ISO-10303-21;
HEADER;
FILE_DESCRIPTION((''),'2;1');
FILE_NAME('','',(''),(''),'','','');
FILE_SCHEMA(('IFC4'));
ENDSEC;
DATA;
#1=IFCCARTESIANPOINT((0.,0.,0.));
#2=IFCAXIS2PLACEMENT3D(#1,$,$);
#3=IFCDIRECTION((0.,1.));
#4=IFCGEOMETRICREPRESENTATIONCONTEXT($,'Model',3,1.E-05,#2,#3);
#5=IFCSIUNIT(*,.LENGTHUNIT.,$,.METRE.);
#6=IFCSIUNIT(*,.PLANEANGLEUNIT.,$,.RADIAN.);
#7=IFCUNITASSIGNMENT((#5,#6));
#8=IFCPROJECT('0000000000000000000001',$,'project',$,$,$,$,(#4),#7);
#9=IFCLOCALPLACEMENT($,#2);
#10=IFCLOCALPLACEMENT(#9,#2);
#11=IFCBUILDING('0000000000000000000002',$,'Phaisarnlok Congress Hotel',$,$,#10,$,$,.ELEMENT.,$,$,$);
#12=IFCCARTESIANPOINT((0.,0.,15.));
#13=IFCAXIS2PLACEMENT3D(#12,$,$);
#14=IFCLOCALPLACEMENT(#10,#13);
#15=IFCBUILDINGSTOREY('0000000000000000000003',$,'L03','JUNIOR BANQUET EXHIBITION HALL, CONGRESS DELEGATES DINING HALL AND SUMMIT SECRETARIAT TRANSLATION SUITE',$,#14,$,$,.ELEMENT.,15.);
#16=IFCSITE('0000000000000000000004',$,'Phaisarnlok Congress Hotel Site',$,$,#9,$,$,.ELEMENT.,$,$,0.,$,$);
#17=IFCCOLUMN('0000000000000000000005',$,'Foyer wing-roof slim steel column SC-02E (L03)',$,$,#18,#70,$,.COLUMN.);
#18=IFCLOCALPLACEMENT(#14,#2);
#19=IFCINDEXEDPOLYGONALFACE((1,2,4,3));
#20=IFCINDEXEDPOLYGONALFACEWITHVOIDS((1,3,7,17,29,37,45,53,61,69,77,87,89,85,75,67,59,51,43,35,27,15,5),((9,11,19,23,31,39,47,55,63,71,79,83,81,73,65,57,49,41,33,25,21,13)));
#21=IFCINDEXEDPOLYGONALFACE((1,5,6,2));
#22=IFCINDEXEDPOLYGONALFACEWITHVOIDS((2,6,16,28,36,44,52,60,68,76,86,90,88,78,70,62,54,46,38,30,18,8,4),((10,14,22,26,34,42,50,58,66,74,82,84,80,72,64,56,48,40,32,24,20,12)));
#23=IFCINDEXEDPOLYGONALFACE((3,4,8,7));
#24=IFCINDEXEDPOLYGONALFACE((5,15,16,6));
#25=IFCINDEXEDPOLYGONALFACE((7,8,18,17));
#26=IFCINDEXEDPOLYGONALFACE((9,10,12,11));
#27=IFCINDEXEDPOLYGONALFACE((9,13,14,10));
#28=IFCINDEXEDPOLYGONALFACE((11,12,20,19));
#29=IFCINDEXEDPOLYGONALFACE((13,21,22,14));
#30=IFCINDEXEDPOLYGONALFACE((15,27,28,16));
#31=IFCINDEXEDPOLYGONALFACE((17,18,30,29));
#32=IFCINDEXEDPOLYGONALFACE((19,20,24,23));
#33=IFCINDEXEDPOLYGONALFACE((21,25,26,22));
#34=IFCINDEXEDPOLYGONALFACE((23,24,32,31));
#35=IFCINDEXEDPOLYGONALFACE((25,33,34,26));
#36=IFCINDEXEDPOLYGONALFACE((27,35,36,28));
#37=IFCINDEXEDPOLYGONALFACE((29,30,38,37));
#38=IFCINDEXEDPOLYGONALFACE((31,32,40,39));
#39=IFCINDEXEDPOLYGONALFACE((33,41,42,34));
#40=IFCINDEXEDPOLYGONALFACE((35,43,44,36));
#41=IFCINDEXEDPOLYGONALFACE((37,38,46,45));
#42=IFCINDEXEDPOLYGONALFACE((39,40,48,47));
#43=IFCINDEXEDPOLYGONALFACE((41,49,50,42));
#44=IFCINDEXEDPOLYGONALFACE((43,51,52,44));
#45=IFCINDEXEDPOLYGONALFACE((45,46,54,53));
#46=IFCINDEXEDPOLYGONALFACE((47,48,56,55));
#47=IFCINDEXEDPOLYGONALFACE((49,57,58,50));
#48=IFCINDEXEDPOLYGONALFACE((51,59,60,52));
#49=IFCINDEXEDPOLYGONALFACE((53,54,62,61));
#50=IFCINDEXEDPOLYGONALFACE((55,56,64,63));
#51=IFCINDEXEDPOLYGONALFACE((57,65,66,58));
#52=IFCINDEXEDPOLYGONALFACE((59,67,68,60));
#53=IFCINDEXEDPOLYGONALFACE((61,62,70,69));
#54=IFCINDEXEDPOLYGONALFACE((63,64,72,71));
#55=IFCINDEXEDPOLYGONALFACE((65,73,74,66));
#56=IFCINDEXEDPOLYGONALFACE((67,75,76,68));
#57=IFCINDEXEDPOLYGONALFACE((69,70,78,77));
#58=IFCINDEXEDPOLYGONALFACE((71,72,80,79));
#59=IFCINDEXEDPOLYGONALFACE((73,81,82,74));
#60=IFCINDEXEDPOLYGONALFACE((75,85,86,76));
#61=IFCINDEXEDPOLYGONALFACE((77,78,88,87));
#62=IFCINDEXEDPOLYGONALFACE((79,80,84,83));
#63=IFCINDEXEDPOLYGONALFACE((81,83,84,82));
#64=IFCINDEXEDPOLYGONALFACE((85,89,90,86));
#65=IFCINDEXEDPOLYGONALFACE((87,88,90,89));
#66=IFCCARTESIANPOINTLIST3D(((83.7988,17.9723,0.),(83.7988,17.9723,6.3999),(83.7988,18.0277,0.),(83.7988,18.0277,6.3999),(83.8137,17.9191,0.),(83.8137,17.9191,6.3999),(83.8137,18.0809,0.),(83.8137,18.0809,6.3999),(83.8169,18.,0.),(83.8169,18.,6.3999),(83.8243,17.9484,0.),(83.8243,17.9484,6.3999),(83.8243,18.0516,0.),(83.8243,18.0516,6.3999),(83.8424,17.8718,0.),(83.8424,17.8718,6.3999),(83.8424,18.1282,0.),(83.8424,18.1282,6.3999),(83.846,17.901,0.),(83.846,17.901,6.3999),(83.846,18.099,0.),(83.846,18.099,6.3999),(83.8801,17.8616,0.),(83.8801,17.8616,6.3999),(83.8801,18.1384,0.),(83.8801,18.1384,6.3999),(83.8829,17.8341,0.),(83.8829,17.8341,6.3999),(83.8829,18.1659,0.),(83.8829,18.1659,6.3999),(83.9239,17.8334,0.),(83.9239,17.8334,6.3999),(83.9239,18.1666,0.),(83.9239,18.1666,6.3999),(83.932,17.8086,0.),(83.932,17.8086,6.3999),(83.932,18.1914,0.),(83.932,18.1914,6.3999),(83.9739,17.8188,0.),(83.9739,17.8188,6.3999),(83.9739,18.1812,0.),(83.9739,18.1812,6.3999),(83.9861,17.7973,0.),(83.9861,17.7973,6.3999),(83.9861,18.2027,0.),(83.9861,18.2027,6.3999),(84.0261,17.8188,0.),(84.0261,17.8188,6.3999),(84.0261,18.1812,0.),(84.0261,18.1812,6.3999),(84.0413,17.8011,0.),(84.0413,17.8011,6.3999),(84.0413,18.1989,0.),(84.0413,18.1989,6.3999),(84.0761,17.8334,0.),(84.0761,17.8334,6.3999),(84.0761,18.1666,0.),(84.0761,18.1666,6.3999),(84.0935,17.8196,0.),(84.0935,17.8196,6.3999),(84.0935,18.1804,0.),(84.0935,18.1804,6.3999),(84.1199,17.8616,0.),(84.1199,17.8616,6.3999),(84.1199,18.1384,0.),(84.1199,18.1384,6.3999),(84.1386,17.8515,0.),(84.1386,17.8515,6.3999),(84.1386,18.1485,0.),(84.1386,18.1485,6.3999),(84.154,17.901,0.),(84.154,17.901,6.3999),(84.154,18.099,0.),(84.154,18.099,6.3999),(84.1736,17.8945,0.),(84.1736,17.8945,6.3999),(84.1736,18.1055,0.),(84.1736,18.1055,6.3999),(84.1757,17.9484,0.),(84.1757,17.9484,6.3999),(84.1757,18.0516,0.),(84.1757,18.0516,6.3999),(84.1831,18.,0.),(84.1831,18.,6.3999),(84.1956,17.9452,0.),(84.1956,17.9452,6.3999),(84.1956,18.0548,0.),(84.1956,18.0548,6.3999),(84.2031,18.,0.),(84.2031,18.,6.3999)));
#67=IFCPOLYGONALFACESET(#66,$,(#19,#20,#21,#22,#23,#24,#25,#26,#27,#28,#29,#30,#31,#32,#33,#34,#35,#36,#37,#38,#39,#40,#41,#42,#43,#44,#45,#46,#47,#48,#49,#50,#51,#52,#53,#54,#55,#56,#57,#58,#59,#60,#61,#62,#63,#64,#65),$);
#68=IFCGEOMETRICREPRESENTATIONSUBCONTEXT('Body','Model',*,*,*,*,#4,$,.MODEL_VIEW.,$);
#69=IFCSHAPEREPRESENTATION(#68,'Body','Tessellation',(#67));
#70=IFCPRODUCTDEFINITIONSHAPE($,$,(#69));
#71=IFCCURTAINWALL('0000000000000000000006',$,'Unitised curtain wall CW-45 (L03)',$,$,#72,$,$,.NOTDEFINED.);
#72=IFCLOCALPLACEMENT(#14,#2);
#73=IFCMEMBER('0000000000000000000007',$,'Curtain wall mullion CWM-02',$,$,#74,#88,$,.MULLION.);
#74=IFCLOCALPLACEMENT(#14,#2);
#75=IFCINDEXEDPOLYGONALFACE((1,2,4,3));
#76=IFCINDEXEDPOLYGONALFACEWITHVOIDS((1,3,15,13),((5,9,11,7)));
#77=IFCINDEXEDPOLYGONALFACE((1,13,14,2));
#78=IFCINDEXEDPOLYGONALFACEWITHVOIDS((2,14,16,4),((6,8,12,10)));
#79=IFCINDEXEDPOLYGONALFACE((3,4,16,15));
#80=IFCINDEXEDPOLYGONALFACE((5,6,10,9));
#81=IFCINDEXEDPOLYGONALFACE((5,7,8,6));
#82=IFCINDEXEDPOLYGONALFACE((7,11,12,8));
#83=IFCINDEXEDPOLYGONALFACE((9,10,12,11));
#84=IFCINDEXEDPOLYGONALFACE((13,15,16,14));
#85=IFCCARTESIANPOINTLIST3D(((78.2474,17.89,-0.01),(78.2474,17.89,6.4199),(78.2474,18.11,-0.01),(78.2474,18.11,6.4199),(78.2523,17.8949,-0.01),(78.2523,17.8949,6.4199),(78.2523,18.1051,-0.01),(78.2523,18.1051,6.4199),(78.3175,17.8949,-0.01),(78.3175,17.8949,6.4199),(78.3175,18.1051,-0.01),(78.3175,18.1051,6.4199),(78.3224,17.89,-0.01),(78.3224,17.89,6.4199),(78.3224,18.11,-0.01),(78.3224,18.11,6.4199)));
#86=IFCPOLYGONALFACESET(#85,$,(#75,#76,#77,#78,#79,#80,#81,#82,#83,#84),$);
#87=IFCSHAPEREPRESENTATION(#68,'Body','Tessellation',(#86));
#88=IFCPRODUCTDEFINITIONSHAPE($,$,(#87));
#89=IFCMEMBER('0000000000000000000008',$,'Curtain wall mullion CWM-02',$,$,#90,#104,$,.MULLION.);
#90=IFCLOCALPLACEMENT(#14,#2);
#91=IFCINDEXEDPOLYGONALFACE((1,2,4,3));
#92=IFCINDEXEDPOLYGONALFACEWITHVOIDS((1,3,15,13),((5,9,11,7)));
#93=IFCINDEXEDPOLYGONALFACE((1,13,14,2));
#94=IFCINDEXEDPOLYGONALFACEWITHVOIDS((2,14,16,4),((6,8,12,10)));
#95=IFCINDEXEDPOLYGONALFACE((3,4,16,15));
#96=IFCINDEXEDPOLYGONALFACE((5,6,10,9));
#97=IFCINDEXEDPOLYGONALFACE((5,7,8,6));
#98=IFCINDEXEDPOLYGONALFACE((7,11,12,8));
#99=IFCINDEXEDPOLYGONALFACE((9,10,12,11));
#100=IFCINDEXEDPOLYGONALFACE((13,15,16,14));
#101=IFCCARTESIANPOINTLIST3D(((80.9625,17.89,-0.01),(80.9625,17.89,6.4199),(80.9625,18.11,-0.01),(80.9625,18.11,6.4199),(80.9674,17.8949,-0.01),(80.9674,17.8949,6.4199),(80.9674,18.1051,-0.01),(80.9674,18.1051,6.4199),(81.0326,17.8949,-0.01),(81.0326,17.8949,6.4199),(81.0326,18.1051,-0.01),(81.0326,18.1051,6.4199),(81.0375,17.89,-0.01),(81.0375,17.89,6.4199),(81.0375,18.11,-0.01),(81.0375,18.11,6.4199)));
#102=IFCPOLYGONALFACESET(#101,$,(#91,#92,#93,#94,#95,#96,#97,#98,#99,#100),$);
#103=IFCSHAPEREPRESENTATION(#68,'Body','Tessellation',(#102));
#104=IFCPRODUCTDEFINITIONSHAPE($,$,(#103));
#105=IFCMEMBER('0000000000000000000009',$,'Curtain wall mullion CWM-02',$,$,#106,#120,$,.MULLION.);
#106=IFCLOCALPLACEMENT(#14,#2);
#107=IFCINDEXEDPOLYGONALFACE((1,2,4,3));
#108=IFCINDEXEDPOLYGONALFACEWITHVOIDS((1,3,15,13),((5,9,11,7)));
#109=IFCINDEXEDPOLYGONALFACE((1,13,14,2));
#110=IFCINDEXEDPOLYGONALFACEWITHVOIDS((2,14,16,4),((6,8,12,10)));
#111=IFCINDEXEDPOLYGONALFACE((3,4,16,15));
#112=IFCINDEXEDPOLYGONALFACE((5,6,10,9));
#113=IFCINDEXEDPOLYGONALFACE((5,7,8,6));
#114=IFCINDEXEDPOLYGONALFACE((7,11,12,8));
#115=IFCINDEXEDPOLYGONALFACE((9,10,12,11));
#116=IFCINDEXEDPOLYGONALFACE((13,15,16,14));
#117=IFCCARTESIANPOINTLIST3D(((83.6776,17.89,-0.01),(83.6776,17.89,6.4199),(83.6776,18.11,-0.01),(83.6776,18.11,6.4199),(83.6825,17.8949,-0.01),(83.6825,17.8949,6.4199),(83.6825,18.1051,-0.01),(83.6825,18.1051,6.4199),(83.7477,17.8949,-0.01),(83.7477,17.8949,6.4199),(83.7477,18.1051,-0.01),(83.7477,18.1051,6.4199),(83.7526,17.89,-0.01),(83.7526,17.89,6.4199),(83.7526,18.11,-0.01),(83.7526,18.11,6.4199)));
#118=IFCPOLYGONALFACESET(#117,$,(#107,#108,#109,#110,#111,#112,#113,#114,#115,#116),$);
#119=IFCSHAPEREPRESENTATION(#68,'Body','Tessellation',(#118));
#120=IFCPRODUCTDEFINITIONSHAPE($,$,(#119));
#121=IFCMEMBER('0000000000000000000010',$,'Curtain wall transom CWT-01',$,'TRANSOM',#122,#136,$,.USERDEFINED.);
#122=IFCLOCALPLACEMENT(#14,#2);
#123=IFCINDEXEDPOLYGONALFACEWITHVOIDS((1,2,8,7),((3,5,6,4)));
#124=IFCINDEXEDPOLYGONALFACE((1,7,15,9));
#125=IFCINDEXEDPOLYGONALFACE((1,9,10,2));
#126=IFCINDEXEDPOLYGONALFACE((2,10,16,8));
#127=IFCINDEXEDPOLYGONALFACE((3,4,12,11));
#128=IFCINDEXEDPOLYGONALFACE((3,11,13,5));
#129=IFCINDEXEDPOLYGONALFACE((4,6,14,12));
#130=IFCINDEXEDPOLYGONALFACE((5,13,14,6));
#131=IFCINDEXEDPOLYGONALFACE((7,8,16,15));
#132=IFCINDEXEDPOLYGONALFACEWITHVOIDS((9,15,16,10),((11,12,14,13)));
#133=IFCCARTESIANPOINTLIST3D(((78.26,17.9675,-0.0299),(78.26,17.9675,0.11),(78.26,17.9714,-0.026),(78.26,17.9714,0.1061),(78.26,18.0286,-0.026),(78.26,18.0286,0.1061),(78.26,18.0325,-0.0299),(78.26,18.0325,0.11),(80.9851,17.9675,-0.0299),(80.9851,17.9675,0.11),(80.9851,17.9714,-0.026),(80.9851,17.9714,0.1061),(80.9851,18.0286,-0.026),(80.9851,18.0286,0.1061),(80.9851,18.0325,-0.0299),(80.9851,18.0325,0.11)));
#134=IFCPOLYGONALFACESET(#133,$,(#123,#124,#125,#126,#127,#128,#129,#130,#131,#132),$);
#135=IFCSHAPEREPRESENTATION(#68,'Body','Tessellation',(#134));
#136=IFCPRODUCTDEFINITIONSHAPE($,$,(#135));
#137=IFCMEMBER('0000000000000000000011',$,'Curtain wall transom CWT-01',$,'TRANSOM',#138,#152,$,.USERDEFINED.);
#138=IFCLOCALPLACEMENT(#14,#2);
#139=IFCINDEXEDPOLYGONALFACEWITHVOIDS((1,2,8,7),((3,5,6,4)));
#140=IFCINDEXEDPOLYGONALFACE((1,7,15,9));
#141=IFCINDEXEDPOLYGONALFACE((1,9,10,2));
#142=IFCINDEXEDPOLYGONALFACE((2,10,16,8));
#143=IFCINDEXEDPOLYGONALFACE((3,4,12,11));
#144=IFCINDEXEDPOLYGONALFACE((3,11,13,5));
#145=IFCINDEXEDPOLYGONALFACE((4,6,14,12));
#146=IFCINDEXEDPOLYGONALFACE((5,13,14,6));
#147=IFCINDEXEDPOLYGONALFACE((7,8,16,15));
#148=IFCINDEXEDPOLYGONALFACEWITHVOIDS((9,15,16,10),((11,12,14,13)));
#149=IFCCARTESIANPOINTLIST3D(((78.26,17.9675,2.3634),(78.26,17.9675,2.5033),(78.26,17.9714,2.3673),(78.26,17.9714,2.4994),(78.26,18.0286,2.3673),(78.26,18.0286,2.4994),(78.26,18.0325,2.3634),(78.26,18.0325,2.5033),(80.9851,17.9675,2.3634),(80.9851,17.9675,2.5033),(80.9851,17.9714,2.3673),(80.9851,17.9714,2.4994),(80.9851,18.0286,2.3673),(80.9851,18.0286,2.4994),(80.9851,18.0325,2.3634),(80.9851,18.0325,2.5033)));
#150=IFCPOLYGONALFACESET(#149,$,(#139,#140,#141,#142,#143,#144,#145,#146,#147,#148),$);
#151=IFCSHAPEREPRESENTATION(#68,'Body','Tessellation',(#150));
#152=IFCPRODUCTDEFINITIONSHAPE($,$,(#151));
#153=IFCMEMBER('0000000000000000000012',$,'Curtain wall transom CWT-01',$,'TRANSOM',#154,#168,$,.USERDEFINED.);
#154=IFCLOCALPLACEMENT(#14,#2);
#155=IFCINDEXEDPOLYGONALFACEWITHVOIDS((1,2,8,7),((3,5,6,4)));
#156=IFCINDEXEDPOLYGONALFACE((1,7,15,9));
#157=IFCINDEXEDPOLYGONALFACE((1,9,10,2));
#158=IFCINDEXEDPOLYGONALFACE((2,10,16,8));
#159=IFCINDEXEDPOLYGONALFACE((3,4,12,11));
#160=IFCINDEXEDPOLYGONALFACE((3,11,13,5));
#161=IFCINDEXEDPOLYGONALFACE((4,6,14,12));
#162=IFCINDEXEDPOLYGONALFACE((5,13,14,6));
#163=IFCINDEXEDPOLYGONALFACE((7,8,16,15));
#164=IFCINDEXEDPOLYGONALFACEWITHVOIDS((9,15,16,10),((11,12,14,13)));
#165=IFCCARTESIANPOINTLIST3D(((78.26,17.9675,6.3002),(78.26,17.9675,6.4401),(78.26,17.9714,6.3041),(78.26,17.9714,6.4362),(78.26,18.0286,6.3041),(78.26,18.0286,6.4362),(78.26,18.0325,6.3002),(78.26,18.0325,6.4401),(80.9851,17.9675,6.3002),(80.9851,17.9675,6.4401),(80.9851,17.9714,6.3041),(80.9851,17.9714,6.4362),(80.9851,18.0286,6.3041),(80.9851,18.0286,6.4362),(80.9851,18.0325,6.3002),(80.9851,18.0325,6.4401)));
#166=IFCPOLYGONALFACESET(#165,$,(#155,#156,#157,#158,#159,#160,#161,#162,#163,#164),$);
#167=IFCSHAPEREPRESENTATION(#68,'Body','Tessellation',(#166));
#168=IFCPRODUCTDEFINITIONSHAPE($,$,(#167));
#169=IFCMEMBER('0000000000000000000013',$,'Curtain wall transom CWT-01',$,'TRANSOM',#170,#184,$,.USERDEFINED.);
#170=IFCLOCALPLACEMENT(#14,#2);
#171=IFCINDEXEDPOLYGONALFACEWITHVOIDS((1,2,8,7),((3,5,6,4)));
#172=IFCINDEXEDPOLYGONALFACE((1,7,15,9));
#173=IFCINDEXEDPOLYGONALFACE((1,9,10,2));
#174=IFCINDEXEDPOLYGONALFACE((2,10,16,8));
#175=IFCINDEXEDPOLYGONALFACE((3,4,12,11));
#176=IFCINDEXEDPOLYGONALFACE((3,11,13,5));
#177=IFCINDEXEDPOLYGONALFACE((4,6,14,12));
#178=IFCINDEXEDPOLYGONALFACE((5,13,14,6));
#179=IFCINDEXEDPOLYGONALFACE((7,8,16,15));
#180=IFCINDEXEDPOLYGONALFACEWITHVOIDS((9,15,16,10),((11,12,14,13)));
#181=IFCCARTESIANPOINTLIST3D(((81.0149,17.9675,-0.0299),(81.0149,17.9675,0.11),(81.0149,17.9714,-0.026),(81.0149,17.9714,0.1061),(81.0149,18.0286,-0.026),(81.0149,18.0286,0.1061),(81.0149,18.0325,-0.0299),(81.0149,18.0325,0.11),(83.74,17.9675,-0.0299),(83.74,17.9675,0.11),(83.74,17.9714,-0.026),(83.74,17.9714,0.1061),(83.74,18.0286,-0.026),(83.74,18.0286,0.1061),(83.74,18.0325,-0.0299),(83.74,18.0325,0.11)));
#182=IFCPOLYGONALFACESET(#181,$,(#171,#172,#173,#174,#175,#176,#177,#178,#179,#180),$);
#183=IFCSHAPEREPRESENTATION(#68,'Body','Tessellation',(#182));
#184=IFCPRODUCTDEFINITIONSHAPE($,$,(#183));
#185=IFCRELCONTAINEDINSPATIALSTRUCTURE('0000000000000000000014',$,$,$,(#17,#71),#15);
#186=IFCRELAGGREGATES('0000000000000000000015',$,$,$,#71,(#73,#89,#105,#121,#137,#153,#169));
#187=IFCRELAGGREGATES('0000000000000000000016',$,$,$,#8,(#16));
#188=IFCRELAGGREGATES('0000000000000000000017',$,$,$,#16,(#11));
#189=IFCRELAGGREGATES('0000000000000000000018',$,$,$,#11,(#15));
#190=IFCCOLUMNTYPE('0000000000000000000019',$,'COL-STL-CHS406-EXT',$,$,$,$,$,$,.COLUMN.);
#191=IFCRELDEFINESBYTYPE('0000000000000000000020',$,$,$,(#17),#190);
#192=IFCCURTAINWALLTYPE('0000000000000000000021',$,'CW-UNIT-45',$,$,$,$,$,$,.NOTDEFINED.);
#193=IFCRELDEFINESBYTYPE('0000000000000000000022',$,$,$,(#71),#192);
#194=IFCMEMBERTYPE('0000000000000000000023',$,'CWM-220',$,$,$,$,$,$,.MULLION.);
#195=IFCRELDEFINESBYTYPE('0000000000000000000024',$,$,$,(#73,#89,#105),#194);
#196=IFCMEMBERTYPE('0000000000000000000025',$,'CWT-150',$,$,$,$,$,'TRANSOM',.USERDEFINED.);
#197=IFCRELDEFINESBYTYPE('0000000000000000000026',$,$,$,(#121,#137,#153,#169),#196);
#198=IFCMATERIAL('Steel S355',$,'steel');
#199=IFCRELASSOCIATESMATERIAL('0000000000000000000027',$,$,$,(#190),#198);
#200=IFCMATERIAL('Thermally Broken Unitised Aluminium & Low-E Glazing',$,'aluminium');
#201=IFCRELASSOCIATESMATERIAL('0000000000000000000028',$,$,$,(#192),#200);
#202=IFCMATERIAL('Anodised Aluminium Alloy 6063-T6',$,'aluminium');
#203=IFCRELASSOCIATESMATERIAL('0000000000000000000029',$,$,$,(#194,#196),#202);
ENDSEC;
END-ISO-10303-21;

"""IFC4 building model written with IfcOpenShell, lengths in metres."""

from ifc_helpers import new_model, si_unit, direction, frame, origin, origin_2d, place, context, subcontext, project, spatial, hollow_rectangle, hollow_circle, extrude, material, material_profile, profile_set, type_object, element, aggregate, save


model = new_model("IFC4")

# Units and contexts
model_context = context("Model", 3, precision=1e-05, world=origin(), true_north=direction((0.0, 1.0)))
body_context = subcontext(model_context, "Body", "Model", "MODEL_VIEW")
ifc_project = project(units=[si_unit("LENGTHUNIT", "METRE"), si_unit("PLANEANGLEUNIT", "RADIAN")], contexts=[model_context])

# Site, building, storey
site_placement = place(None, origin())
site = spatial("IfcSite", under=ifc_project, at=site_placement, Name="Phaisarnlok Congress Hotel Site", CompositionType="ELEMENT", RefElevation=0.0)
building_placement = place(site_placement, origin())
building = spatial("IfcBuilding", under=site, at=building_placement, Name="Phaisarnlok Congress Hotel", CompositionType="ELEMENT")
storey_placement = place(building_placement, frame((0.0, 0.0, 15.0)))
storey = spatial("IfcBuildingStorey", under=building, at=storey_placement, Name="L03", Description="JUNIOR BANQUET EXHIBITION HALL, CONGRESS DELEGATES DINING HALL AND SUMMIT SECRETARIAT TRANSLATION SUITE", CompositionType="ELEMENT", Elevation=15.0)

# Column
ifc_material_1 = material(Name="Steel S355", Category="steel")
ifc_material_profile_1 = material_profile(ifc_material_1, hollow_circle(Radius=0.2031, WallThickness=0.02, at=origin_2d()), Name="CHS 406.4x20")
ifc_profile_set_1 = profile_set([ifc_material_profile_1], Name="Steel S355")
column_type = type_object("IfcColumnType", Name="COL-STL-CHS406-EXT", PredefinedType="COLUMN", material=ifc_profile_set_1)
column_placement = place(storey_placement, frame((84.0, 18.0, 0.0), z_axis=(0.0, 0.0, 1.0), x_axis=(1.0, 0.0, 0.0)))
element("IfcColumn", 1, at=column_placement, inside=storey, type_object=column_type, Name="Foyer wing-roof slim steel column SC-02E (L03)", PredefinedType="COLUMN", context=body_context, shape_type="SweptSolid", body=[
    extrude(hollow_circle(Radius=0.2031, WallThickness=0.02, at=origin_2d()), origin(), (0.0, 0.0, 1.0), 6.3999),
])

# Curtain wall, members
ifc_material_2 = material(Name="Thermally Broken Unitised Aluminium & Low-E Glazing", Category="aluminium")
curtain_wall_type = type_object("IfcCurtainWallType", Name="CW-UNIT-45", PredefinedType="NOTDEFINED", material=ifc_material_2)
curtain_wall_placement = place(storey_placement, origin())
curtain_wall = element("IfcCurtainWall", 2, at=curtain_wall_placement, inside=storey, type_object=curtain_wall_type, Name="Unitised curtain wall CW-45 (L03)", PredefinedType="NOTDEFINED")
ifc_material_3 = material(Name="Anodised Aluminium Alloy 6063-T6", Category="aluminium")
ifc_material_profile_2 = material_profile(ifc_material_3, hollow_rectangle(XDim=0.075, YDim=0.22, WallThickness=0.0049, at=origin_2d()), Name="ALU-M 75x220x5")
ifc_profile_set_2 = profile_set([ifc_material_profile_2], Name="Anodised Aluminium Alloy 6063-T6")
member_type_1 = type_object("IfcMemberType", Name="CWM-220", PredefinedType="MULLION", material=ifc_profile_set_2)
member_1_placement = place(storey_placement, frame((78.2849, 18.0, -0.01), z_axis=(0.0, 0.0, 1.0), x_axis=(1.0, 0.0, 0.0)))
member_1 = element("IfcMember", 3, at=member_1_placement, type_object=member_type_1, Name="Curtain wall mullion CWM-02", PredefinedType="MULLION", context=body_context, shape_type="SweptSolid", body=[
    extrude(hollow_rectangle(XDim=0.075, YDim=0.22, WallThickness=0.0049, at=origin_2d()), origin(), (0.0, 0.0, 1.0), 6.4299),
])
member_2_placement = place(storey_placement, frame((81.0, 18.0, -0.01), z_axis=(0.0, 0.0, 1.0), x_axis=(1.0, 0.0, 0.0)))
member_2 = element("IfcMember", 4, at=member_2_placement, type_object=member_type_1, Name="Curtain wall mullion CWM-02", PredefinedType="MULLION", context=body_context, shape_type="SweptSolid", body=[
    extrude(hollow_rectangle(XDim=0.075, YDim=0.22, WallThickness=0.0049, at=origin_2d()), origin(), (0.0, 0.0, 1.0), 6.4299),
])
member_3_placement = place(storey_placement, frame((83.7151, 18.0, -0.01), z_axis=(0.0, 0.0, 1.0), x_axis=(1.0, 0.0, 0.0)))
member_3 = element("IfcMember", 5, at=member_3_placement, type_object=member_type_1, Name="Curtain wall mullion CWM-02", PredefinedType="MULLION", context=body_context, shape_type="SweptSolid", body=[
    extrude(hollow_rectangle(XDim=0.075, YDim=0.22, WallThickness=0.0049, at=origin_2d()), origin(), (0.0, 0.0, 1.0), 6.4299),
])
ifc_material_profile_3 = material_profile(ifc_material_3, hollow_rectangle(XDim=0.0649, YDim=0.1399, WallThickness=0.0039, at=origin_2d()), Name="ALU-T 65x140x4")
ifc_profile_set_3 = profile_set([ifc_material_profile_3], Name="Anodised Aluminium Alloy 6063-T6")
member_type_2 = type_object("IfcMemberType", Name="CWT-150", ElementType="TRANSOM", PredefinedType="USERDEFINED", material=ifc_profile_set_3)
member_4_placement = place(storey_placement, frame((78.26, 18.0, 0.04), z_axis=(1.0, 0.0, 0.0), x_axis=(0.0, 1.0, 0.0)))
member_4 = element("IfcMember", 6, at=member_4_placement, type_object=member_type_2, Name="Curtain wall transom CWT-01", ObjectType="TRANSOM", PredefinedType="USERDEFINED", context=body_context, shape_type="SweptSolid", body=[
    extrude(hollow_rectangle(XDim=0.0649, YDim=0.1399, WallThickness=0.0039, at=origin_2d()), origin(), (0.0, 0.0, 1.0), 2.7251),
])
member_5_placement = place(storey_placement, frame((78.26, 18.0, 2.4333), z_axis=(1.0, 0.0, 0.0), x_axis=(0.0, 1.0, 0.0)))
member_5 = element("IfcMember", 7, at=member_5_placement, type_object=member_type_2, Name="Curtain wall transom CWT-01", ObjectType="TRANSOM", PredefinedType="USERDEFINED", context=body_context, shape_type="SweptSolid", body=[
    extrude(hollow_rectangle(XDim=0.0649, YDim=0.1399, WallThickness=0.0039, at=origin_2d()), origin(), (0.0, 0.0, 1.0), 2.7251),
])
member_6_placement = place(storey_placement, frame((78.26, 18.0, 6.3701), z_axis=(1.0, 0.0, 0.0), x_axis=(0.0, 1.0, 0.0)))
member_6 = element("IfcMember", 8, at=member_6_placement, type_object=member_type_2, Name="Curtain wall transom CWT-01", ObjectType="TRANSOM", PredefinedType="USERDEFINED", context=body_context, shape_type="SweptSolid", body=[
    extrude(hollow_rectangle(XDim=0.0649, YDim=0.1399, WallThickness=0.0039, at=origin_2d()), origin(), (0.0, 0.0, 1.0), 2.7251),
])
member_7_placement = place(storey_placement, frame((81.0149, 18.0, 0.04), z_axis=(1.0, 0.0, 0.0), x_axis=(0.0, 1.0, 0.0)))
member_7 = element("IfcMember", 9, at=member_7_placement, type_object=member_type_2, Name="Curtain wall transom CWT-01", ObjectType="TRANSOM", PredefinedType="USERDEFINED", context=body_context, shape_type="SweptSolid", body=[
    extrude(hollow_rectangle(XDim=0.0649, YDim=0.1399, WallThickness=0.0039, at=origin_2d()), origin(), (0.0, 0.0, 1.0), 2.7251),
])

aggregate(curtain_wall, [member_1, member_2, member_3, member_4, member_5, member_6, member_7])

save(model, "model.ifc")
